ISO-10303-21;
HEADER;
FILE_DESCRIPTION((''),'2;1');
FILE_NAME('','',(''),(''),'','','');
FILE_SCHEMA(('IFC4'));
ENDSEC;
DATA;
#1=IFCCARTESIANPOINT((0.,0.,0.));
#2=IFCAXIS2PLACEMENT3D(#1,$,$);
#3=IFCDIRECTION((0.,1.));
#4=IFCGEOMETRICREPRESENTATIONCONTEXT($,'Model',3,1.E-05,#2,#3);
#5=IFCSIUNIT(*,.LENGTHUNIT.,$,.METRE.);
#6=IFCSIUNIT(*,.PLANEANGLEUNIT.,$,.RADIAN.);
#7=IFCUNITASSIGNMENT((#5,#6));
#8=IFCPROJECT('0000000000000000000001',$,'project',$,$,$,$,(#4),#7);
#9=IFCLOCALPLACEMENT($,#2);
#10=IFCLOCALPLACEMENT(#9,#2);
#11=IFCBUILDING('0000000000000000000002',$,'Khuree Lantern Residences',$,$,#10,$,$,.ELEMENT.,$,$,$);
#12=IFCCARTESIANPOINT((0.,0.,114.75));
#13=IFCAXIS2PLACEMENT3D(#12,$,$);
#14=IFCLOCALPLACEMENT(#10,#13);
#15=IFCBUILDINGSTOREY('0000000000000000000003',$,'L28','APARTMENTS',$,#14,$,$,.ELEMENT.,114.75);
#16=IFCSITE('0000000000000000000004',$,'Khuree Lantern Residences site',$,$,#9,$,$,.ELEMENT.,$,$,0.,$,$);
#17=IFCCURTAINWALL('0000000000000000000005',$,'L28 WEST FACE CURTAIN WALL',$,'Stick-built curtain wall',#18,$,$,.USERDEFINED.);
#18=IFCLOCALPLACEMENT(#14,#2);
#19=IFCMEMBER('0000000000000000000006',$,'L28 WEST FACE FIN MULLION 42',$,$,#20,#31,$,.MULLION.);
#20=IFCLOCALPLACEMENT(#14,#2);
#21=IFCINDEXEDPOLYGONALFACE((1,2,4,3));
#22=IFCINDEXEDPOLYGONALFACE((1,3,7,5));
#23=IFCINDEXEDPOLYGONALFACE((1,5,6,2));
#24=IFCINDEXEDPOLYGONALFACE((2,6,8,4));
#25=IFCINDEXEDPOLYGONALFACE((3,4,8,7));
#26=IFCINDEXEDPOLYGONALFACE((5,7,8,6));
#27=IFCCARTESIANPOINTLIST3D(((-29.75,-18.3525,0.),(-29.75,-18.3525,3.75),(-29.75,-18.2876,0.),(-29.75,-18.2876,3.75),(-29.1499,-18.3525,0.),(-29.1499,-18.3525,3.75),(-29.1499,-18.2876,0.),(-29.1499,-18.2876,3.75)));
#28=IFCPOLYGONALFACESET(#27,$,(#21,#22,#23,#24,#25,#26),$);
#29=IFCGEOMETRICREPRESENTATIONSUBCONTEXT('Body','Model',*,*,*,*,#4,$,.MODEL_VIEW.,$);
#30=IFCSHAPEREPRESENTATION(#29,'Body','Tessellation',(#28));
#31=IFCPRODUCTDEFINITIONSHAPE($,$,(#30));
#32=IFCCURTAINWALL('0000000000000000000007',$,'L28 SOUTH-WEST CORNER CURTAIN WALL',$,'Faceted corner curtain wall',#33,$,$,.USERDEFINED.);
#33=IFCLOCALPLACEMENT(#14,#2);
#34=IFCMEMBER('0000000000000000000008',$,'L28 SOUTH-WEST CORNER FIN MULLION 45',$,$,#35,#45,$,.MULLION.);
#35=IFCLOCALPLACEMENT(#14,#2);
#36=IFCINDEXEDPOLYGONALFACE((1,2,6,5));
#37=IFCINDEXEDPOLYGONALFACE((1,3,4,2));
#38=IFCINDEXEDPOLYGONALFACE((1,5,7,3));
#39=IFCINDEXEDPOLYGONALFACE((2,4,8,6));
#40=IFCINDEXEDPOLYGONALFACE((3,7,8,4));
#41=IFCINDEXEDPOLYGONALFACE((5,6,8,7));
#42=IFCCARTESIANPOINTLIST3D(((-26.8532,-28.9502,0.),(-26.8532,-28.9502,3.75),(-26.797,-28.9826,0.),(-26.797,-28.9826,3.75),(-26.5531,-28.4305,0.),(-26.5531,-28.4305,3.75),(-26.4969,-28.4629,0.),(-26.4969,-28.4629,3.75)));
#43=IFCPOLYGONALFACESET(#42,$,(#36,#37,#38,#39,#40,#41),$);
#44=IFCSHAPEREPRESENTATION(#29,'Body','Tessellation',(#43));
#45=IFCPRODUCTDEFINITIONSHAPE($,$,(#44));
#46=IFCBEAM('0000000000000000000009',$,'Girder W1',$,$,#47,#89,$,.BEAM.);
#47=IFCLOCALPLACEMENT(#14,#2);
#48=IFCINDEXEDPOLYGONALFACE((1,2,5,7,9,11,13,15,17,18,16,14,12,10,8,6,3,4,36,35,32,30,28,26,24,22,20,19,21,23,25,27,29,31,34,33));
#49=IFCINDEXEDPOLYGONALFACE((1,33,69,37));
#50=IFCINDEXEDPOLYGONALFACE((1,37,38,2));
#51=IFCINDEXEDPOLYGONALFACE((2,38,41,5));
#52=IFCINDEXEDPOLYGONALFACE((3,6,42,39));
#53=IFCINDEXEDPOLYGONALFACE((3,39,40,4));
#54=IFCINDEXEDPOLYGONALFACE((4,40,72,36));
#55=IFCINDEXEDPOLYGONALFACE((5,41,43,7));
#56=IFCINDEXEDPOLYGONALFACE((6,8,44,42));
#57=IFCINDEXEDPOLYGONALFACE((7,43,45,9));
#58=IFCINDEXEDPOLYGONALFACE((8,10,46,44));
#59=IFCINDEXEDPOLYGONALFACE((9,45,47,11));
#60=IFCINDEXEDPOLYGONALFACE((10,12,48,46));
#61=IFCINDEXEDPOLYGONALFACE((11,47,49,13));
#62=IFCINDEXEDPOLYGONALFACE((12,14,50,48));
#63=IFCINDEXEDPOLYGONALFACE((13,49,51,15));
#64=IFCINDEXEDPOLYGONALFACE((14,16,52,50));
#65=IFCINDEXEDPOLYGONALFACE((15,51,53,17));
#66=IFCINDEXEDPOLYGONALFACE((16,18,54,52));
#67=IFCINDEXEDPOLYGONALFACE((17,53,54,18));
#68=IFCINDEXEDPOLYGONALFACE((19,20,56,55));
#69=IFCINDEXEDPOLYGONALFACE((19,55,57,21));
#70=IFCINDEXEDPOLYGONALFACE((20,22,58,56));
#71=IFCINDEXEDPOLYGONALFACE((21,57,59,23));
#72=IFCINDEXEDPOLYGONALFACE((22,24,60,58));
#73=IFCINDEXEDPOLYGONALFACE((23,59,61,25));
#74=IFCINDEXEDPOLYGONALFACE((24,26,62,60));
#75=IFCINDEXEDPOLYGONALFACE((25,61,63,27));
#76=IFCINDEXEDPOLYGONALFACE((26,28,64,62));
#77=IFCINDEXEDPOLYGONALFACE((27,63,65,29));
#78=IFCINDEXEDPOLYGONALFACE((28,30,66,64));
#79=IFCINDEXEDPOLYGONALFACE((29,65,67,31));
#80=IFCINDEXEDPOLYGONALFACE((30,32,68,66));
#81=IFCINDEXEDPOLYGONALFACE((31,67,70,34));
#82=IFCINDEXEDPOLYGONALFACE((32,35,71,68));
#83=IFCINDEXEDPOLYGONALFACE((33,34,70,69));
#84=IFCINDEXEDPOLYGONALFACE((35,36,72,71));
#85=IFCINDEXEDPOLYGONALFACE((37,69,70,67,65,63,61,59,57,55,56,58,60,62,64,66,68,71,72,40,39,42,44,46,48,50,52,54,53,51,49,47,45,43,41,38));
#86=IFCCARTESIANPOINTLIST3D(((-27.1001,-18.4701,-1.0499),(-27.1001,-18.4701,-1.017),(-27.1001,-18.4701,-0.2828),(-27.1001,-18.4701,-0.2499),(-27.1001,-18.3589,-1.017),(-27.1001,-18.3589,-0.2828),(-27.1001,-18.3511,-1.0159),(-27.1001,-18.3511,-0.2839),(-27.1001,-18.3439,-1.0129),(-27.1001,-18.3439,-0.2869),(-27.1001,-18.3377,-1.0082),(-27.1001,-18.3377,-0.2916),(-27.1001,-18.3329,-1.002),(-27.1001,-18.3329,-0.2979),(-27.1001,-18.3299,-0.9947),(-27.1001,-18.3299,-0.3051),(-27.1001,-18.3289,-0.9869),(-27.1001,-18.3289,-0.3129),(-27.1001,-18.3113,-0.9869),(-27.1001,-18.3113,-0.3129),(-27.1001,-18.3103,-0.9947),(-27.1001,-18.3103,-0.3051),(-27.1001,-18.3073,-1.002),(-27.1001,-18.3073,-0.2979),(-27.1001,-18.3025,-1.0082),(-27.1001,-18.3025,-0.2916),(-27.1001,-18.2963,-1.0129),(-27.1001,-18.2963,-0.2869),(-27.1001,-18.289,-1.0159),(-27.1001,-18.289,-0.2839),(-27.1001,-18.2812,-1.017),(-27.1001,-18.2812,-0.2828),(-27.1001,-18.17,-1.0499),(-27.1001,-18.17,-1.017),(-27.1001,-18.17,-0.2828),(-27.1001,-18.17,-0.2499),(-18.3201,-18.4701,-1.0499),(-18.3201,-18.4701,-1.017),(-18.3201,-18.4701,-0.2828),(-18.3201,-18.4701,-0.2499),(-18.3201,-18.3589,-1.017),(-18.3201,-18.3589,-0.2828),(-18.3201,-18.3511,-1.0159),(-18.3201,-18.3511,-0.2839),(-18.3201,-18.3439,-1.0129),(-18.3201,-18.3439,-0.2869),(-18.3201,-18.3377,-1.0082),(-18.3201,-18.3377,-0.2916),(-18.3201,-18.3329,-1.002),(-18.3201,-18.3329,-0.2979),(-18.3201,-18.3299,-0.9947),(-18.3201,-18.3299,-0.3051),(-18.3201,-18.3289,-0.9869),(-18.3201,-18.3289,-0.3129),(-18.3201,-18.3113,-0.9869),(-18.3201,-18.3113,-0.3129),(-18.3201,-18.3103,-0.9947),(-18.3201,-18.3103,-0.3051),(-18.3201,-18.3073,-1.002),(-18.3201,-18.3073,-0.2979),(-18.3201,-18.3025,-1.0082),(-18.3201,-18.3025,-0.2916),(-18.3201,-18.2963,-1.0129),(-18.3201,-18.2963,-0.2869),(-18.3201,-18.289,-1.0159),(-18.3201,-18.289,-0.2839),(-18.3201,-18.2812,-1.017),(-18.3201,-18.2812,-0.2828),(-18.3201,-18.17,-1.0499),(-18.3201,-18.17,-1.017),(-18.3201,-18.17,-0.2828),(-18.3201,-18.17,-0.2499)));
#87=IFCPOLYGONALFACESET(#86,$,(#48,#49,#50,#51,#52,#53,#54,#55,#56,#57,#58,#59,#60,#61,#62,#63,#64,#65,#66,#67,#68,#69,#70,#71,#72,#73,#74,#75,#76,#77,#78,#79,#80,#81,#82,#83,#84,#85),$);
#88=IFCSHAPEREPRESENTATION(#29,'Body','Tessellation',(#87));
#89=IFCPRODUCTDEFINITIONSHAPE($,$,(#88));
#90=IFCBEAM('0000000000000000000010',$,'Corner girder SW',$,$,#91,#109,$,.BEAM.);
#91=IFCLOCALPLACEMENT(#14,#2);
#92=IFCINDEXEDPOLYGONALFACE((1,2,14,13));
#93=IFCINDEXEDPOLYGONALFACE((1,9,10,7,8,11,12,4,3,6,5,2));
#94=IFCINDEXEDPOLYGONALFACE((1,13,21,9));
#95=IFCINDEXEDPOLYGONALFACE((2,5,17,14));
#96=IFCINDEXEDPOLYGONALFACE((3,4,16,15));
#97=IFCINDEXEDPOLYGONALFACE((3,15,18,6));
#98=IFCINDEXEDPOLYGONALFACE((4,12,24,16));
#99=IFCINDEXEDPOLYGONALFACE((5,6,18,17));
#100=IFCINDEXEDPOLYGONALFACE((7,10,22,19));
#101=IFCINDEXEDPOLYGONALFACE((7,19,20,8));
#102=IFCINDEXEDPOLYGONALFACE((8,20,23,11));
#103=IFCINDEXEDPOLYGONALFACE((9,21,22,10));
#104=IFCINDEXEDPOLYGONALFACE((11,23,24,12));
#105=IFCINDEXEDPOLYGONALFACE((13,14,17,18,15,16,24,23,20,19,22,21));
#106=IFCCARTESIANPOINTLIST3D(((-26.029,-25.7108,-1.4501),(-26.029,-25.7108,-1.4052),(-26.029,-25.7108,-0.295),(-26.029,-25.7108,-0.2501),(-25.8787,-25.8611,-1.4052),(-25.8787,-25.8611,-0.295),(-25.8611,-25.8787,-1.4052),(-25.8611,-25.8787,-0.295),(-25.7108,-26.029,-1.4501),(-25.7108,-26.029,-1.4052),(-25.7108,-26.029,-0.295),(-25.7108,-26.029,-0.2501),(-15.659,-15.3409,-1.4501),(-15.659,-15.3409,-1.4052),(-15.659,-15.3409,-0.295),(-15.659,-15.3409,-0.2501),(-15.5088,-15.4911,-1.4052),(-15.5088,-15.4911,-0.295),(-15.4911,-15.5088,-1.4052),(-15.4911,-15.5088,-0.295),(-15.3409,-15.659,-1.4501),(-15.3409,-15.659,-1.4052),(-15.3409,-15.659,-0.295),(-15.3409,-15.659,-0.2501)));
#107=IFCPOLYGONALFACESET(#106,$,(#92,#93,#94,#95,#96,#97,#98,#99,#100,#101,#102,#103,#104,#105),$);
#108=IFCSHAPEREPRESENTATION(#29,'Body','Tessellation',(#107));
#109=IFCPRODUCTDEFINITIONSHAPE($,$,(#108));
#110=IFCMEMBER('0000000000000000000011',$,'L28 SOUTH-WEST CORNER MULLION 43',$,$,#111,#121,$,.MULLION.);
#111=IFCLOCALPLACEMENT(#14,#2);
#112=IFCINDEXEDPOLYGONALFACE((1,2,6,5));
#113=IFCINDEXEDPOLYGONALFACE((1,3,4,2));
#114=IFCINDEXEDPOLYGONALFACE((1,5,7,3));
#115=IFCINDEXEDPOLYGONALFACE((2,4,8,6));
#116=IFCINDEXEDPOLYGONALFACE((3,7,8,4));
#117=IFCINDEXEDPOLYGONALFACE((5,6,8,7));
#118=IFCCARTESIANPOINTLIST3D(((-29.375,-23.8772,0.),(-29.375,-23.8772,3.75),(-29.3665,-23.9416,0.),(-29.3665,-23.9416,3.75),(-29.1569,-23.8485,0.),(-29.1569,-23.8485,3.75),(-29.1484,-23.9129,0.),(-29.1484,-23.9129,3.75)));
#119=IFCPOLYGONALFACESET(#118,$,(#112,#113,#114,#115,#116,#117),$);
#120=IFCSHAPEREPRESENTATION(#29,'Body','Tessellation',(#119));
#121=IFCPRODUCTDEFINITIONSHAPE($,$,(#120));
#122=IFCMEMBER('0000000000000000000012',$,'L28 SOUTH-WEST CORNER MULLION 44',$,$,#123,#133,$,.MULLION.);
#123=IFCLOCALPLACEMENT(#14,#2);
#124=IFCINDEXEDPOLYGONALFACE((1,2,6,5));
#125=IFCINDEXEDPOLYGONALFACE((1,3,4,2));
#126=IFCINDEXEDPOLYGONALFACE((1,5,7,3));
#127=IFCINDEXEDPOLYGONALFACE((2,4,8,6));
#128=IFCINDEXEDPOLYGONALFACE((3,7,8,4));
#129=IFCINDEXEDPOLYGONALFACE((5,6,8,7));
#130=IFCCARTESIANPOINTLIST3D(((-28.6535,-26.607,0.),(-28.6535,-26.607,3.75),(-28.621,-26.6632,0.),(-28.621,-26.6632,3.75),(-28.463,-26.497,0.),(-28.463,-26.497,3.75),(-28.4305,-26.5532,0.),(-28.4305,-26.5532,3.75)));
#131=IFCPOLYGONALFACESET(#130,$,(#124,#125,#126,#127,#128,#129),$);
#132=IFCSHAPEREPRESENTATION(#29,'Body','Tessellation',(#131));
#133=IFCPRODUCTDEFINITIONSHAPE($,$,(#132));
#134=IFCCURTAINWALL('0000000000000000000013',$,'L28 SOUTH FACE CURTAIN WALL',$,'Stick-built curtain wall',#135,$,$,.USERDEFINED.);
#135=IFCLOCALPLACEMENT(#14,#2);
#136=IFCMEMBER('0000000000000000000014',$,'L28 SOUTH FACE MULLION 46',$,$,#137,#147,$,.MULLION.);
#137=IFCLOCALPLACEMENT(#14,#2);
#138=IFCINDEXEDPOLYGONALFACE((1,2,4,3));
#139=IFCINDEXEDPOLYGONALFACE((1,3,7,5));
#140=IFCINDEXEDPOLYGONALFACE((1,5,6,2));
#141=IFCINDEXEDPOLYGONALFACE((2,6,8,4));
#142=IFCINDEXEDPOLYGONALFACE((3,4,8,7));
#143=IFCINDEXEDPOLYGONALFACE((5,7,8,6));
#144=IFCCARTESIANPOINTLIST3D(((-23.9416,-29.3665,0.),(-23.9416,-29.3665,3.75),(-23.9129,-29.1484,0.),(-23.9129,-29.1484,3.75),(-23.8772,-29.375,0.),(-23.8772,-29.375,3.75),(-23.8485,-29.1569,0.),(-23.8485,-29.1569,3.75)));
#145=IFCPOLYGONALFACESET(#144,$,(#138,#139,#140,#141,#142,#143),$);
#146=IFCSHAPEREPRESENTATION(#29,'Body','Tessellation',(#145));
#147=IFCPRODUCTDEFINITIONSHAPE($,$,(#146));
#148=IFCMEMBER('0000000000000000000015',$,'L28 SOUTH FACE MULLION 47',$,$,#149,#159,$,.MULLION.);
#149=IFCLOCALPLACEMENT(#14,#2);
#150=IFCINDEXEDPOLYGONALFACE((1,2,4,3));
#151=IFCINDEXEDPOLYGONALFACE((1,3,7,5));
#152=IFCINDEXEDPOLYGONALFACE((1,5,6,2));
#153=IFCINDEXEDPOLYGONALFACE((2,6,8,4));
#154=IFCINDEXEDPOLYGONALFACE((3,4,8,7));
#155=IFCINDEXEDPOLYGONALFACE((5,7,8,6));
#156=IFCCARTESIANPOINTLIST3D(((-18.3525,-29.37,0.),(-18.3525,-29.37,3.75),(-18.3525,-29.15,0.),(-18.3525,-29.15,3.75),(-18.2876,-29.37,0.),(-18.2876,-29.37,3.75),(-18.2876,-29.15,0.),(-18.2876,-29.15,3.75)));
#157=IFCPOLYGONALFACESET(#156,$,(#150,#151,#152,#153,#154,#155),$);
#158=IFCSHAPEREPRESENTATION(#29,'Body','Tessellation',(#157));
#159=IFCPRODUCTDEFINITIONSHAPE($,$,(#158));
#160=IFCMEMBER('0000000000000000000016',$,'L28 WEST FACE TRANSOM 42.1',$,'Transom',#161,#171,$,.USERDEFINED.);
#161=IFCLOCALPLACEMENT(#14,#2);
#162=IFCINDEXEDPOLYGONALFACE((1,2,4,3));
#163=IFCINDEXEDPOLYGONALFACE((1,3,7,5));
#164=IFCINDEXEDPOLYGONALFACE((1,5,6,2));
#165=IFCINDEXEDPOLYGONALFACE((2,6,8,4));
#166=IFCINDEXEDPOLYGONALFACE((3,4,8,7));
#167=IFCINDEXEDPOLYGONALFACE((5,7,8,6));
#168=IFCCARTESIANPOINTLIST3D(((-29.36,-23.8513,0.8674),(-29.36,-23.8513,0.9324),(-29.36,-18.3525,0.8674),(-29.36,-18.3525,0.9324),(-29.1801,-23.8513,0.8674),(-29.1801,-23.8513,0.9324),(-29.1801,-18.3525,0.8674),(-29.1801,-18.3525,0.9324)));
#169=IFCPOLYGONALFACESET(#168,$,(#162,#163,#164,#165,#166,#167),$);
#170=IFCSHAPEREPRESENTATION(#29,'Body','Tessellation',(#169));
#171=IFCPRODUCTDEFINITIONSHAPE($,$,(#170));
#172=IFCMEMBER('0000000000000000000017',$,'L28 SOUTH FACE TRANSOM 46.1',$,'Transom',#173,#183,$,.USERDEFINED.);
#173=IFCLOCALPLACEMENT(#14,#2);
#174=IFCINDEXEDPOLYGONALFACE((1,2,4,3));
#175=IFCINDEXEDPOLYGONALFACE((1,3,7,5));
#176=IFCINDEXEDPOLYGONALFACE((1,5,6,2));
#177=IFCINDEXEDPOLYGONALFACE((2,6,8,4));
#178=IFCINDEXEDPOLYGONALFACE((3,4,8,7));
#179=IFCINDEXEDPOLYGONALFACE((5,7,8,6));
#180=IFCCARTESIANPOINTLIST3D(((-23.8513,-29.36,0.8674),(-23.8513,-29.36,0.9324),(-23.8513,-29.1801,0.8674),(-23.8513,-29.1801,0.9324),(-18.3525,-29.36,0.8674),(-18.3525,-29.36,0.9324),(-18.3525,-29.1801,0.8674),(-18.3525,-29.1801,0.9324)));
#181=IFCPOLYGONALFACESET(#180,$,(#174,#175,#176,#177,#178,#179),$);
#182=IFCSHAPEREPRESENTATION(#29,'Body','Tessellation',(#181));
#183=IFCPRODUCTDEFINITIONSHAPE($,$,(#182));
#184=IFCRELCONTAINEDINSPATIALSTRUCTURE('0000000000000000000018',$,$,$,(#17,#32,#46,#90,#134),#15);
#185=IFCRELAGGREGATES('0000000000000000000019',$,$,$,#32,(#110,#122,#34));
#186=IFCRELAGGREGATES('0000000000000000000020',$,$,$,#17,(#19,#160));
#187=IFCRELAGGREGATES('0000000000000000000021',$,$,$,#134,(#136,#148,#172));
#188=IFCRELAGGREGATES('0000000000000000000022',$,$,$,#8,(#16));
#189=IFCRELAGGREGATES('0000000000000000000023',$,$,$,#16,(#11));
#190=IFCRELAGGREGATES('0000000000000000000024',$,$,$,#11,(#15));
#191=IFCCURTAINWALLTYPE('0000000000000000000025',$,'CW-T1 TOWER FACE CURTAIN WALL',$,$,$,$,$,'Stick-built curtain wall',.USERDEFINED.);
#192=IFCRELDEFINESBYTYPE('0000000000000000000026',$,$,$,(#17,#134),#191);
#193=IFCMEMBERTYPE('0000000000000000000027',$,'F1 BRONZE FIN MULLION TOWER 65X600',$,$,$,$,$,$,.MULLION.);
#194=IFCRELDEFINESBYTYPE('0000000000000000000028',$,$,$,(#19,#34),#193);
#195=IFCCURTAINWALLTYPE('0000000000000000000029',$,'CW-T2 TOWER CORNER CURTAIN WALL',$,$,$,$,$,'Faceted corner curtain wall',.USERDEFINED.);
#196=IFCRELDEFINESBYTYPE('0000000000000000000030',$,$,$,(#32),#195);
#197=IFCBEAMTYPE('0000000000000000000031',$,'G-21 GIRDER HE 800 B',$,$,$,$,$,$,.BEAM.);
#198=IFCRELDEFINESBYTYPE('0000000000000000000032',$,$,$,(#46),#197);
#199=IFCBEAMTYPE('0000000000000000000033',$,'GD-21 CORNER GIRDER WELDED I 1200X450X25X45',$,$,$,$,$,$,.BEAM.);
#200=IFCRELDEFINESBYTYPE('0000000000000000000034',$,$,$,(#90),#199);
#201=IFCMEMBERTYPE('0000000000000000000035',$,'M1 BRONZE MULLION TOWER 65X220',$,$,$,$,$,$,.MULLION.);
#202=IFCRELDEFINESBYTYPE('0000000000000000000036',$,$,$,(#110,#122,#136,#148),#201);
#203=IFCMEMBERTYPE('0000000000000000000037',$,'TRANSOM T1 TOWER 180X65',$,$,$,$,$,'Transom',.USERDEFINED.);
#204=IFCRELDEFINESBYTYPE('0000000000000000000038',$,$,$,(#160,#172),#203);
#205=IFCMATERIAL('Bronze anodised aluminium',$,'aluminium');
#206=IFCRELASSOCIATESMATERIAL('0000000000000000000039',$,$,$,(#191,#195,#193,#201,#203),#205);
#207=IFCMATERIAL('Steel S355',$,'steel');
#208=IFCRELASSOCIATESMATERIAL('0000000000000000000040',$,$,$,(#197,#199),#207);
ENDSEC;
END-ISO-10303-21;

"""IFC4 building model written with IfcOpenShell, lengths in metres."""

from ifc_helpers import new_model, si_unit, direction, frame, origin, origin_2d, place, context, subcontext, project, spatial, rectangle, i_section, extrude, material, material_profile, profile_set, type_object, element, aggregate, save


model = new_model("IFC4")

# Units and contexts
model_context = context("Model", 3, precision=1e-05, world=origin(), true_north=direction((0.0, 1.0)))
body_context = subcontext(model_context, "Body", "Model", "MODEL_VIEW")
ifc_project = project(units=[si_unit("LENGTHUNIT", "METRE"), si_unit("PLANEANGLEUNIT", "RADIAN")], contexts=[model_context])

# Site, building, storey
site_placement = place(None, origin())
site = spatial("IfcSite", under=ifc_project, at=site_placement, Name="Khuree Lantern Residences site", CompositionType="ELEMENT", RefElevation=0.0)
building_placement = place(site_placement, origin())
building = spatial("IfcBuilding", under=site, at=building_placement, Name="Khuree Lantern Residences", CompositionType="ELEMENT")
storey_placement = place(building_placement, frame((0.0, 0.0, 114.75)))
storey = spatial("IfcBuildingStorey", under=building, at=storey_placement, Name="L28", Description="APARTMENTS", CompositionType="ELEMENT", Elevation=114.75)

# Shared definitions
ifc_material_1 = material(Name="Steel S355", Category="steel")

# Curtain walls, members
ifc_material_2 = material(Name="Bronze anodised aluminium", Category="aluminium")
curtain_wall_type_1 = type_object("IfcCurtainWallType", Name="CW-T1 TOWER FACE CURTAIN WALL", ElementType="Stick-built curtain wall", PredefinedType="USERDEFINED", material=ifc_material_2)
curtain_wall_1_placement = place(storey_placement, origin())
curtain_wall_1 = element("IfcCurtainWall", 1, at=curtain_wall_1_placement, inside=storey, type_object=curtain_wall_type_1, Name="L28 WEST FACE CURTAIN WALL", ObjectType="Stick-built curtain wall", PredefinedType="USERDEFINED")
ifc_material_profile_1 = material_profile(ifc_material_2, rectangle(XDim=0.0649, YDim=0.6001, at=origin_2d()), Name="F1 65X600")
ifc_profile_set_1 = profile_set([ifc_material_profile_1], Name="Bronze anodised aluminium")
member_type_1 = type_object("IfcMemberType", Name="F1 BRONZE FIN MULLION TOWER 65X600", PredefinedType="MULLION", material=ifc_profile_set_1)
member_1_placement = place(storey_placement, frame((-29.45, -18.3201, 0.0), z_axis=(0.0, 0.0, 1.0), x_axis=(0.0, -1.0, 0.0)))
member_1 = element("IfcMember", 2, at=member_1_placement, type_object=member_type_1, Name="L28 WEST FACE FIN MULLION 42", PredefinedType="MULLION", context=body_context, shape_type="SweptSolid", body=[
    extrude(rectangle(XDim=0.0649, YDim=0.6001, at=origin_2d()), origin(), (0.0, 0.0, 1.0), 3.75),
])
curtain_wall_type_2 = type_object("IfcCurtainWallType", Name="CW-T2 TOWER CORNER CURTAIN WALL", ElementType="Faceted corner curtain wall", PredefinedType="USERDEFINED", material=ifc_material_2)
curtain_wall_2_placement = place(storey_placement, origin())
curtain_wall_2 = element("IfcCurtainWall", 3, at=curtain_wall_2_placement, inside=storey, type_object=curtain_wall_type_2, Name="L28 SOUTH-WEST CORNER CURTAIN WALL", ObjectType="Faceted corner curtain wall", PredefinedType="USERDEFINED")
member_2_placement = place(storey_placement, frame((-26.675, -28.7065, 0.0), z_axis=(0.0, 0.0, 1.0), x_axis=(0.866025, -0.5, 0.0)))
member_2 = element("IfcMember", 4, at=member_2_placement, type_object=member_type_1, Name="L28 SOUTH-WEST CORNER FIN MULLION 45", PredefinedType="MULLION", context=body_context, shape_type="SweptSolid", body=[
    extrude(rectangle(XDim=0.0649, YDim=0.6001, at=origin_2d()), origin(), (0.0, 0.0, 1.0), 3.75),
])

# Beams
ifc_material_profile_2 = material_profile(ifc_material_1, i_section(OverallWidth=0.3, OverallDepth=0.8, WebThickness=0.0176, FlangeThickness=0.033, FilletRadius=0.03, at=origin_2d()), Name="HE 800 B")
ifc_profile_set_2 = profile_set([ifc_material_profile_2], Name="Steel S355")
beam_type_1 = type_object("IfcBeamType", Name="G-21 GIRDER HE 800 B", PredefinedType="BEAM", material=ifc_profile_set_2)
beam_1_placement = place(storey_placement, frame((-27.1001, -18.3201, -0.6499), z_axis=(1.0, 0.0, 0.0), x_axis=(0.0, 1.0, 0.0)))
element("IfcBeam", 5, at=beam_1_placement, inside=storey, type_object=beam_type_1, Name="Girder W1", PredefinedType="BEAM", context=body_context, shape_type="SweptSolid", body=[
    extrude(i_section(OverallWidth=0.3, OverallDepth=0.8, WebThickness=0.0176, FlangeThickness=0.033, FilletRadius=0.03, at=origin_2d()), origin(), (0.0, 0.0, 1.0), 8.78),
])
ifc_material_profile_3 = material_profile(ifc_material_1, i_section(OverallWidth=0.45, OverallDepth=1.2, WebThickness=0.0249, FlangeThickness=0.0449, at=origin_2d()), Name="WELDED I 1200X450X25X45")
ifc_profile_set_3 = profile_set([ifc_material_profile_3], Name="Steel S355")
beam_type_2 = type_object("IfcBeamType", Name="GD-21 CORNER GIRDER WELDED I 1200X450X25X45", PredefinedType="BEAM", material=ifc_profile_set_3)
beam_2_placement = place(storey_placement, frame((-25.8699, -25.8699, -0.8501), z_axis=(0.707107, 0.707107, 0.0), x_axis=(-0.707107, 0.707107, 0.0)))
element("IfcBeam", 6, at=beam_2_placement, inside=storey, type_object=beam_type_2, Name="Corner girder SW", PredefinedType="BEAM", context=body_context, shape_type="SweptSolid", body=[
    extrude(i_section(OverallWidth=0.45, OverallDepth=1.2, WebThickness=0.0249, FlangeThickness=0.0449, at=origin_2d()), origin(), (0.0, 0.0, 1.0), 14.6653),
])

# Members
ifc_material_profile_4 = material_profile(ifc_material_2, rectangle(XDim=0.0649, YDim=0.22, at=origin_2d()), Name="M1 65X220")
ifc_profile_set_4 = profile_set([ifc_material_profile_4], Name="Bronze anodised aluminium")
member_type_2 = type_object("IfcMemberType", Name="M1 BRONZE MULLION TOWER 65X220", PredefinedType="MULLION", material=ifc_profile_set_4)
member_3_placement = place(storey_placement, frame((-29.2617, -23.895, 0.0), z_axis=(0.0, 0.0, 1.0), x_axis=(0.130526, -0.991445, 0.0)))
member_3 = element("IfcMember", 7, at=member_3_placement, type_object=member_type_2, Name="L28 SOUTH-WEST CORNER MULLION 43", PredefinedType="MULLION", context=body_context, shape_type="SweptSolid", body=[
    extrude(rectangle(XDim=0.0649, YDim=0.22, at=origin_2d()), origin(), (0.0, 0.0, 1.0), 3.75),
])
member_4_placement = place(storey_placement, frame((-28.542, -26.5801, 0.0), z_axis=(0.0, 0.0, 1.0), x_axis=(0.5, -0.866025, 0.0)))
member_4 = element("IfcMember", 8, at=member_4_placement, type_object=member_type_2, Name="L28 SOUTH-WEST CORNER MULLION 44", PredefinedType="MULLION", context=body_context, shape_type="SweptSolid", body=[
    extrude(rectangle(XDim=0.0649, YDim=0.22, at=origin_2d()), origin(), (0.0, 0.0, 1.0), 3.75),
])

# Curtain wall, members
curtain_wall_3_placement = place(storey_placement, origin())
curtain_wall_3 = element("IfcCurtainWall", 9, at=curtain_wall_3_placement, inside=storey, type_object=curtain_wall_type_1, Name="L28 SOUTH FACE CURTAIN WALL", ObjectType="Stick-built curtain wall", PredefinedType="USERDEFINED")
member_5_placement = place(storey_placement, frame((-23.895, -29.2617, 0.0), z_axis=(0.0, 0.0, 1.0), x_axis=(0.991445, -0.130526, 0.0)))
member_5 = element("IfcMember", 10, at=member_5_placement, type_object=member_type_2, Name="L28 SOUTH FACE MULLION 46", PredefinedType="MULLION", context=body_context, shape_type="SweptSolid", body=[
    extrude(rectangle(XDim=0.0649, YDim=0.22, at=origin_2d()), origin(), (0.0, 0.0, 1.0), 3.75),
])
member_6_placement = place(storey_placement, frame((-18.3201, -29.26, 0.0), z_axis=(0.0, 0.0, 1.0), x_axis=(1.0, 0.0, 0.0)))
member_6 = element("IfcMember", 11, at=member_6_placement, type_object=member_type_2, Name="L28 SOUTH FACE MULLION 47", PredefinedType="MULLION", context=body_context, shape_type="SweptSolid", body=[
    extrude(rectangle(XDim=0.0649, YDim=0.22, at=origin_2d()), origin(), (0.0, 0.0, 1.0), 3.75),
])

# Members
ifc_material_profile_5 = material_profile(ifc_material_2, rectangle(XDim=0.1799, YDim=0.0649, at=origin_2d()), Name="T1 180X65")
ifc_profile_set_5 = profile_set([ifc_material_profile_5], Name="Bronze anodised aluminium")
member_type_3 = type_object("IfcMemberType", Name="TRANSOM T1 TOWER 180X65", ElementType="Transom", PredefinedType="USERDEFINED", material=ifc_profile_set_5)
member_7_placement = place(storey_placement, frame((-29.27, -18.3525, 0.8999), z_axis=(0.0, -1.0, 0.0), x_axis=(1.0, 0.0, 0.0)))
member_7 = element("IfcMember", 12, at=member_7_placement, type_object=member_type_3, Name="L28 WEST FACE TRANSOM 42.1", ObjectType="Transom", PredefinedType="USERDEFINED", context=body_context, shape_type="SweptSolid", body=[
    extrude(rectangle(XDim=0.1799, YDim=0.0649, at=origin_2d()), origin(), (0.0, 0.0, 1.0), 5.4988),
])
member_8_placement = place(storey_placement, frame((-23.8513, -29.27, 0.8999), z_axis=(1.0, 0.0, 0.0), x_axis=(0.0, 1.0, 0.0)))
member_8 = element("IfcMember", 13, at=member_8_placement, type_object=member_type_3, Name="L28 SOUTH FACE TRANSOM 46.1", ObjectType="Transom", PredefinedType="USERDEFINED", context=body_context, shape_type="SweptSolid", body=[
    extrude(rectangle(XDim=0.1799, YDim=0.0649, at=origin_2d()), origin(), (0.0, 0.0, 1.0), 5.4988),
])

aggregate(curtain_wall_2, [member_3, member_4, member_2])
aggregate(curtain_wall_1, [member_1, member_7])
aggregate(curtain_wall_3, [member_5, member_6, member_8])

save(model, "model.ifc")
